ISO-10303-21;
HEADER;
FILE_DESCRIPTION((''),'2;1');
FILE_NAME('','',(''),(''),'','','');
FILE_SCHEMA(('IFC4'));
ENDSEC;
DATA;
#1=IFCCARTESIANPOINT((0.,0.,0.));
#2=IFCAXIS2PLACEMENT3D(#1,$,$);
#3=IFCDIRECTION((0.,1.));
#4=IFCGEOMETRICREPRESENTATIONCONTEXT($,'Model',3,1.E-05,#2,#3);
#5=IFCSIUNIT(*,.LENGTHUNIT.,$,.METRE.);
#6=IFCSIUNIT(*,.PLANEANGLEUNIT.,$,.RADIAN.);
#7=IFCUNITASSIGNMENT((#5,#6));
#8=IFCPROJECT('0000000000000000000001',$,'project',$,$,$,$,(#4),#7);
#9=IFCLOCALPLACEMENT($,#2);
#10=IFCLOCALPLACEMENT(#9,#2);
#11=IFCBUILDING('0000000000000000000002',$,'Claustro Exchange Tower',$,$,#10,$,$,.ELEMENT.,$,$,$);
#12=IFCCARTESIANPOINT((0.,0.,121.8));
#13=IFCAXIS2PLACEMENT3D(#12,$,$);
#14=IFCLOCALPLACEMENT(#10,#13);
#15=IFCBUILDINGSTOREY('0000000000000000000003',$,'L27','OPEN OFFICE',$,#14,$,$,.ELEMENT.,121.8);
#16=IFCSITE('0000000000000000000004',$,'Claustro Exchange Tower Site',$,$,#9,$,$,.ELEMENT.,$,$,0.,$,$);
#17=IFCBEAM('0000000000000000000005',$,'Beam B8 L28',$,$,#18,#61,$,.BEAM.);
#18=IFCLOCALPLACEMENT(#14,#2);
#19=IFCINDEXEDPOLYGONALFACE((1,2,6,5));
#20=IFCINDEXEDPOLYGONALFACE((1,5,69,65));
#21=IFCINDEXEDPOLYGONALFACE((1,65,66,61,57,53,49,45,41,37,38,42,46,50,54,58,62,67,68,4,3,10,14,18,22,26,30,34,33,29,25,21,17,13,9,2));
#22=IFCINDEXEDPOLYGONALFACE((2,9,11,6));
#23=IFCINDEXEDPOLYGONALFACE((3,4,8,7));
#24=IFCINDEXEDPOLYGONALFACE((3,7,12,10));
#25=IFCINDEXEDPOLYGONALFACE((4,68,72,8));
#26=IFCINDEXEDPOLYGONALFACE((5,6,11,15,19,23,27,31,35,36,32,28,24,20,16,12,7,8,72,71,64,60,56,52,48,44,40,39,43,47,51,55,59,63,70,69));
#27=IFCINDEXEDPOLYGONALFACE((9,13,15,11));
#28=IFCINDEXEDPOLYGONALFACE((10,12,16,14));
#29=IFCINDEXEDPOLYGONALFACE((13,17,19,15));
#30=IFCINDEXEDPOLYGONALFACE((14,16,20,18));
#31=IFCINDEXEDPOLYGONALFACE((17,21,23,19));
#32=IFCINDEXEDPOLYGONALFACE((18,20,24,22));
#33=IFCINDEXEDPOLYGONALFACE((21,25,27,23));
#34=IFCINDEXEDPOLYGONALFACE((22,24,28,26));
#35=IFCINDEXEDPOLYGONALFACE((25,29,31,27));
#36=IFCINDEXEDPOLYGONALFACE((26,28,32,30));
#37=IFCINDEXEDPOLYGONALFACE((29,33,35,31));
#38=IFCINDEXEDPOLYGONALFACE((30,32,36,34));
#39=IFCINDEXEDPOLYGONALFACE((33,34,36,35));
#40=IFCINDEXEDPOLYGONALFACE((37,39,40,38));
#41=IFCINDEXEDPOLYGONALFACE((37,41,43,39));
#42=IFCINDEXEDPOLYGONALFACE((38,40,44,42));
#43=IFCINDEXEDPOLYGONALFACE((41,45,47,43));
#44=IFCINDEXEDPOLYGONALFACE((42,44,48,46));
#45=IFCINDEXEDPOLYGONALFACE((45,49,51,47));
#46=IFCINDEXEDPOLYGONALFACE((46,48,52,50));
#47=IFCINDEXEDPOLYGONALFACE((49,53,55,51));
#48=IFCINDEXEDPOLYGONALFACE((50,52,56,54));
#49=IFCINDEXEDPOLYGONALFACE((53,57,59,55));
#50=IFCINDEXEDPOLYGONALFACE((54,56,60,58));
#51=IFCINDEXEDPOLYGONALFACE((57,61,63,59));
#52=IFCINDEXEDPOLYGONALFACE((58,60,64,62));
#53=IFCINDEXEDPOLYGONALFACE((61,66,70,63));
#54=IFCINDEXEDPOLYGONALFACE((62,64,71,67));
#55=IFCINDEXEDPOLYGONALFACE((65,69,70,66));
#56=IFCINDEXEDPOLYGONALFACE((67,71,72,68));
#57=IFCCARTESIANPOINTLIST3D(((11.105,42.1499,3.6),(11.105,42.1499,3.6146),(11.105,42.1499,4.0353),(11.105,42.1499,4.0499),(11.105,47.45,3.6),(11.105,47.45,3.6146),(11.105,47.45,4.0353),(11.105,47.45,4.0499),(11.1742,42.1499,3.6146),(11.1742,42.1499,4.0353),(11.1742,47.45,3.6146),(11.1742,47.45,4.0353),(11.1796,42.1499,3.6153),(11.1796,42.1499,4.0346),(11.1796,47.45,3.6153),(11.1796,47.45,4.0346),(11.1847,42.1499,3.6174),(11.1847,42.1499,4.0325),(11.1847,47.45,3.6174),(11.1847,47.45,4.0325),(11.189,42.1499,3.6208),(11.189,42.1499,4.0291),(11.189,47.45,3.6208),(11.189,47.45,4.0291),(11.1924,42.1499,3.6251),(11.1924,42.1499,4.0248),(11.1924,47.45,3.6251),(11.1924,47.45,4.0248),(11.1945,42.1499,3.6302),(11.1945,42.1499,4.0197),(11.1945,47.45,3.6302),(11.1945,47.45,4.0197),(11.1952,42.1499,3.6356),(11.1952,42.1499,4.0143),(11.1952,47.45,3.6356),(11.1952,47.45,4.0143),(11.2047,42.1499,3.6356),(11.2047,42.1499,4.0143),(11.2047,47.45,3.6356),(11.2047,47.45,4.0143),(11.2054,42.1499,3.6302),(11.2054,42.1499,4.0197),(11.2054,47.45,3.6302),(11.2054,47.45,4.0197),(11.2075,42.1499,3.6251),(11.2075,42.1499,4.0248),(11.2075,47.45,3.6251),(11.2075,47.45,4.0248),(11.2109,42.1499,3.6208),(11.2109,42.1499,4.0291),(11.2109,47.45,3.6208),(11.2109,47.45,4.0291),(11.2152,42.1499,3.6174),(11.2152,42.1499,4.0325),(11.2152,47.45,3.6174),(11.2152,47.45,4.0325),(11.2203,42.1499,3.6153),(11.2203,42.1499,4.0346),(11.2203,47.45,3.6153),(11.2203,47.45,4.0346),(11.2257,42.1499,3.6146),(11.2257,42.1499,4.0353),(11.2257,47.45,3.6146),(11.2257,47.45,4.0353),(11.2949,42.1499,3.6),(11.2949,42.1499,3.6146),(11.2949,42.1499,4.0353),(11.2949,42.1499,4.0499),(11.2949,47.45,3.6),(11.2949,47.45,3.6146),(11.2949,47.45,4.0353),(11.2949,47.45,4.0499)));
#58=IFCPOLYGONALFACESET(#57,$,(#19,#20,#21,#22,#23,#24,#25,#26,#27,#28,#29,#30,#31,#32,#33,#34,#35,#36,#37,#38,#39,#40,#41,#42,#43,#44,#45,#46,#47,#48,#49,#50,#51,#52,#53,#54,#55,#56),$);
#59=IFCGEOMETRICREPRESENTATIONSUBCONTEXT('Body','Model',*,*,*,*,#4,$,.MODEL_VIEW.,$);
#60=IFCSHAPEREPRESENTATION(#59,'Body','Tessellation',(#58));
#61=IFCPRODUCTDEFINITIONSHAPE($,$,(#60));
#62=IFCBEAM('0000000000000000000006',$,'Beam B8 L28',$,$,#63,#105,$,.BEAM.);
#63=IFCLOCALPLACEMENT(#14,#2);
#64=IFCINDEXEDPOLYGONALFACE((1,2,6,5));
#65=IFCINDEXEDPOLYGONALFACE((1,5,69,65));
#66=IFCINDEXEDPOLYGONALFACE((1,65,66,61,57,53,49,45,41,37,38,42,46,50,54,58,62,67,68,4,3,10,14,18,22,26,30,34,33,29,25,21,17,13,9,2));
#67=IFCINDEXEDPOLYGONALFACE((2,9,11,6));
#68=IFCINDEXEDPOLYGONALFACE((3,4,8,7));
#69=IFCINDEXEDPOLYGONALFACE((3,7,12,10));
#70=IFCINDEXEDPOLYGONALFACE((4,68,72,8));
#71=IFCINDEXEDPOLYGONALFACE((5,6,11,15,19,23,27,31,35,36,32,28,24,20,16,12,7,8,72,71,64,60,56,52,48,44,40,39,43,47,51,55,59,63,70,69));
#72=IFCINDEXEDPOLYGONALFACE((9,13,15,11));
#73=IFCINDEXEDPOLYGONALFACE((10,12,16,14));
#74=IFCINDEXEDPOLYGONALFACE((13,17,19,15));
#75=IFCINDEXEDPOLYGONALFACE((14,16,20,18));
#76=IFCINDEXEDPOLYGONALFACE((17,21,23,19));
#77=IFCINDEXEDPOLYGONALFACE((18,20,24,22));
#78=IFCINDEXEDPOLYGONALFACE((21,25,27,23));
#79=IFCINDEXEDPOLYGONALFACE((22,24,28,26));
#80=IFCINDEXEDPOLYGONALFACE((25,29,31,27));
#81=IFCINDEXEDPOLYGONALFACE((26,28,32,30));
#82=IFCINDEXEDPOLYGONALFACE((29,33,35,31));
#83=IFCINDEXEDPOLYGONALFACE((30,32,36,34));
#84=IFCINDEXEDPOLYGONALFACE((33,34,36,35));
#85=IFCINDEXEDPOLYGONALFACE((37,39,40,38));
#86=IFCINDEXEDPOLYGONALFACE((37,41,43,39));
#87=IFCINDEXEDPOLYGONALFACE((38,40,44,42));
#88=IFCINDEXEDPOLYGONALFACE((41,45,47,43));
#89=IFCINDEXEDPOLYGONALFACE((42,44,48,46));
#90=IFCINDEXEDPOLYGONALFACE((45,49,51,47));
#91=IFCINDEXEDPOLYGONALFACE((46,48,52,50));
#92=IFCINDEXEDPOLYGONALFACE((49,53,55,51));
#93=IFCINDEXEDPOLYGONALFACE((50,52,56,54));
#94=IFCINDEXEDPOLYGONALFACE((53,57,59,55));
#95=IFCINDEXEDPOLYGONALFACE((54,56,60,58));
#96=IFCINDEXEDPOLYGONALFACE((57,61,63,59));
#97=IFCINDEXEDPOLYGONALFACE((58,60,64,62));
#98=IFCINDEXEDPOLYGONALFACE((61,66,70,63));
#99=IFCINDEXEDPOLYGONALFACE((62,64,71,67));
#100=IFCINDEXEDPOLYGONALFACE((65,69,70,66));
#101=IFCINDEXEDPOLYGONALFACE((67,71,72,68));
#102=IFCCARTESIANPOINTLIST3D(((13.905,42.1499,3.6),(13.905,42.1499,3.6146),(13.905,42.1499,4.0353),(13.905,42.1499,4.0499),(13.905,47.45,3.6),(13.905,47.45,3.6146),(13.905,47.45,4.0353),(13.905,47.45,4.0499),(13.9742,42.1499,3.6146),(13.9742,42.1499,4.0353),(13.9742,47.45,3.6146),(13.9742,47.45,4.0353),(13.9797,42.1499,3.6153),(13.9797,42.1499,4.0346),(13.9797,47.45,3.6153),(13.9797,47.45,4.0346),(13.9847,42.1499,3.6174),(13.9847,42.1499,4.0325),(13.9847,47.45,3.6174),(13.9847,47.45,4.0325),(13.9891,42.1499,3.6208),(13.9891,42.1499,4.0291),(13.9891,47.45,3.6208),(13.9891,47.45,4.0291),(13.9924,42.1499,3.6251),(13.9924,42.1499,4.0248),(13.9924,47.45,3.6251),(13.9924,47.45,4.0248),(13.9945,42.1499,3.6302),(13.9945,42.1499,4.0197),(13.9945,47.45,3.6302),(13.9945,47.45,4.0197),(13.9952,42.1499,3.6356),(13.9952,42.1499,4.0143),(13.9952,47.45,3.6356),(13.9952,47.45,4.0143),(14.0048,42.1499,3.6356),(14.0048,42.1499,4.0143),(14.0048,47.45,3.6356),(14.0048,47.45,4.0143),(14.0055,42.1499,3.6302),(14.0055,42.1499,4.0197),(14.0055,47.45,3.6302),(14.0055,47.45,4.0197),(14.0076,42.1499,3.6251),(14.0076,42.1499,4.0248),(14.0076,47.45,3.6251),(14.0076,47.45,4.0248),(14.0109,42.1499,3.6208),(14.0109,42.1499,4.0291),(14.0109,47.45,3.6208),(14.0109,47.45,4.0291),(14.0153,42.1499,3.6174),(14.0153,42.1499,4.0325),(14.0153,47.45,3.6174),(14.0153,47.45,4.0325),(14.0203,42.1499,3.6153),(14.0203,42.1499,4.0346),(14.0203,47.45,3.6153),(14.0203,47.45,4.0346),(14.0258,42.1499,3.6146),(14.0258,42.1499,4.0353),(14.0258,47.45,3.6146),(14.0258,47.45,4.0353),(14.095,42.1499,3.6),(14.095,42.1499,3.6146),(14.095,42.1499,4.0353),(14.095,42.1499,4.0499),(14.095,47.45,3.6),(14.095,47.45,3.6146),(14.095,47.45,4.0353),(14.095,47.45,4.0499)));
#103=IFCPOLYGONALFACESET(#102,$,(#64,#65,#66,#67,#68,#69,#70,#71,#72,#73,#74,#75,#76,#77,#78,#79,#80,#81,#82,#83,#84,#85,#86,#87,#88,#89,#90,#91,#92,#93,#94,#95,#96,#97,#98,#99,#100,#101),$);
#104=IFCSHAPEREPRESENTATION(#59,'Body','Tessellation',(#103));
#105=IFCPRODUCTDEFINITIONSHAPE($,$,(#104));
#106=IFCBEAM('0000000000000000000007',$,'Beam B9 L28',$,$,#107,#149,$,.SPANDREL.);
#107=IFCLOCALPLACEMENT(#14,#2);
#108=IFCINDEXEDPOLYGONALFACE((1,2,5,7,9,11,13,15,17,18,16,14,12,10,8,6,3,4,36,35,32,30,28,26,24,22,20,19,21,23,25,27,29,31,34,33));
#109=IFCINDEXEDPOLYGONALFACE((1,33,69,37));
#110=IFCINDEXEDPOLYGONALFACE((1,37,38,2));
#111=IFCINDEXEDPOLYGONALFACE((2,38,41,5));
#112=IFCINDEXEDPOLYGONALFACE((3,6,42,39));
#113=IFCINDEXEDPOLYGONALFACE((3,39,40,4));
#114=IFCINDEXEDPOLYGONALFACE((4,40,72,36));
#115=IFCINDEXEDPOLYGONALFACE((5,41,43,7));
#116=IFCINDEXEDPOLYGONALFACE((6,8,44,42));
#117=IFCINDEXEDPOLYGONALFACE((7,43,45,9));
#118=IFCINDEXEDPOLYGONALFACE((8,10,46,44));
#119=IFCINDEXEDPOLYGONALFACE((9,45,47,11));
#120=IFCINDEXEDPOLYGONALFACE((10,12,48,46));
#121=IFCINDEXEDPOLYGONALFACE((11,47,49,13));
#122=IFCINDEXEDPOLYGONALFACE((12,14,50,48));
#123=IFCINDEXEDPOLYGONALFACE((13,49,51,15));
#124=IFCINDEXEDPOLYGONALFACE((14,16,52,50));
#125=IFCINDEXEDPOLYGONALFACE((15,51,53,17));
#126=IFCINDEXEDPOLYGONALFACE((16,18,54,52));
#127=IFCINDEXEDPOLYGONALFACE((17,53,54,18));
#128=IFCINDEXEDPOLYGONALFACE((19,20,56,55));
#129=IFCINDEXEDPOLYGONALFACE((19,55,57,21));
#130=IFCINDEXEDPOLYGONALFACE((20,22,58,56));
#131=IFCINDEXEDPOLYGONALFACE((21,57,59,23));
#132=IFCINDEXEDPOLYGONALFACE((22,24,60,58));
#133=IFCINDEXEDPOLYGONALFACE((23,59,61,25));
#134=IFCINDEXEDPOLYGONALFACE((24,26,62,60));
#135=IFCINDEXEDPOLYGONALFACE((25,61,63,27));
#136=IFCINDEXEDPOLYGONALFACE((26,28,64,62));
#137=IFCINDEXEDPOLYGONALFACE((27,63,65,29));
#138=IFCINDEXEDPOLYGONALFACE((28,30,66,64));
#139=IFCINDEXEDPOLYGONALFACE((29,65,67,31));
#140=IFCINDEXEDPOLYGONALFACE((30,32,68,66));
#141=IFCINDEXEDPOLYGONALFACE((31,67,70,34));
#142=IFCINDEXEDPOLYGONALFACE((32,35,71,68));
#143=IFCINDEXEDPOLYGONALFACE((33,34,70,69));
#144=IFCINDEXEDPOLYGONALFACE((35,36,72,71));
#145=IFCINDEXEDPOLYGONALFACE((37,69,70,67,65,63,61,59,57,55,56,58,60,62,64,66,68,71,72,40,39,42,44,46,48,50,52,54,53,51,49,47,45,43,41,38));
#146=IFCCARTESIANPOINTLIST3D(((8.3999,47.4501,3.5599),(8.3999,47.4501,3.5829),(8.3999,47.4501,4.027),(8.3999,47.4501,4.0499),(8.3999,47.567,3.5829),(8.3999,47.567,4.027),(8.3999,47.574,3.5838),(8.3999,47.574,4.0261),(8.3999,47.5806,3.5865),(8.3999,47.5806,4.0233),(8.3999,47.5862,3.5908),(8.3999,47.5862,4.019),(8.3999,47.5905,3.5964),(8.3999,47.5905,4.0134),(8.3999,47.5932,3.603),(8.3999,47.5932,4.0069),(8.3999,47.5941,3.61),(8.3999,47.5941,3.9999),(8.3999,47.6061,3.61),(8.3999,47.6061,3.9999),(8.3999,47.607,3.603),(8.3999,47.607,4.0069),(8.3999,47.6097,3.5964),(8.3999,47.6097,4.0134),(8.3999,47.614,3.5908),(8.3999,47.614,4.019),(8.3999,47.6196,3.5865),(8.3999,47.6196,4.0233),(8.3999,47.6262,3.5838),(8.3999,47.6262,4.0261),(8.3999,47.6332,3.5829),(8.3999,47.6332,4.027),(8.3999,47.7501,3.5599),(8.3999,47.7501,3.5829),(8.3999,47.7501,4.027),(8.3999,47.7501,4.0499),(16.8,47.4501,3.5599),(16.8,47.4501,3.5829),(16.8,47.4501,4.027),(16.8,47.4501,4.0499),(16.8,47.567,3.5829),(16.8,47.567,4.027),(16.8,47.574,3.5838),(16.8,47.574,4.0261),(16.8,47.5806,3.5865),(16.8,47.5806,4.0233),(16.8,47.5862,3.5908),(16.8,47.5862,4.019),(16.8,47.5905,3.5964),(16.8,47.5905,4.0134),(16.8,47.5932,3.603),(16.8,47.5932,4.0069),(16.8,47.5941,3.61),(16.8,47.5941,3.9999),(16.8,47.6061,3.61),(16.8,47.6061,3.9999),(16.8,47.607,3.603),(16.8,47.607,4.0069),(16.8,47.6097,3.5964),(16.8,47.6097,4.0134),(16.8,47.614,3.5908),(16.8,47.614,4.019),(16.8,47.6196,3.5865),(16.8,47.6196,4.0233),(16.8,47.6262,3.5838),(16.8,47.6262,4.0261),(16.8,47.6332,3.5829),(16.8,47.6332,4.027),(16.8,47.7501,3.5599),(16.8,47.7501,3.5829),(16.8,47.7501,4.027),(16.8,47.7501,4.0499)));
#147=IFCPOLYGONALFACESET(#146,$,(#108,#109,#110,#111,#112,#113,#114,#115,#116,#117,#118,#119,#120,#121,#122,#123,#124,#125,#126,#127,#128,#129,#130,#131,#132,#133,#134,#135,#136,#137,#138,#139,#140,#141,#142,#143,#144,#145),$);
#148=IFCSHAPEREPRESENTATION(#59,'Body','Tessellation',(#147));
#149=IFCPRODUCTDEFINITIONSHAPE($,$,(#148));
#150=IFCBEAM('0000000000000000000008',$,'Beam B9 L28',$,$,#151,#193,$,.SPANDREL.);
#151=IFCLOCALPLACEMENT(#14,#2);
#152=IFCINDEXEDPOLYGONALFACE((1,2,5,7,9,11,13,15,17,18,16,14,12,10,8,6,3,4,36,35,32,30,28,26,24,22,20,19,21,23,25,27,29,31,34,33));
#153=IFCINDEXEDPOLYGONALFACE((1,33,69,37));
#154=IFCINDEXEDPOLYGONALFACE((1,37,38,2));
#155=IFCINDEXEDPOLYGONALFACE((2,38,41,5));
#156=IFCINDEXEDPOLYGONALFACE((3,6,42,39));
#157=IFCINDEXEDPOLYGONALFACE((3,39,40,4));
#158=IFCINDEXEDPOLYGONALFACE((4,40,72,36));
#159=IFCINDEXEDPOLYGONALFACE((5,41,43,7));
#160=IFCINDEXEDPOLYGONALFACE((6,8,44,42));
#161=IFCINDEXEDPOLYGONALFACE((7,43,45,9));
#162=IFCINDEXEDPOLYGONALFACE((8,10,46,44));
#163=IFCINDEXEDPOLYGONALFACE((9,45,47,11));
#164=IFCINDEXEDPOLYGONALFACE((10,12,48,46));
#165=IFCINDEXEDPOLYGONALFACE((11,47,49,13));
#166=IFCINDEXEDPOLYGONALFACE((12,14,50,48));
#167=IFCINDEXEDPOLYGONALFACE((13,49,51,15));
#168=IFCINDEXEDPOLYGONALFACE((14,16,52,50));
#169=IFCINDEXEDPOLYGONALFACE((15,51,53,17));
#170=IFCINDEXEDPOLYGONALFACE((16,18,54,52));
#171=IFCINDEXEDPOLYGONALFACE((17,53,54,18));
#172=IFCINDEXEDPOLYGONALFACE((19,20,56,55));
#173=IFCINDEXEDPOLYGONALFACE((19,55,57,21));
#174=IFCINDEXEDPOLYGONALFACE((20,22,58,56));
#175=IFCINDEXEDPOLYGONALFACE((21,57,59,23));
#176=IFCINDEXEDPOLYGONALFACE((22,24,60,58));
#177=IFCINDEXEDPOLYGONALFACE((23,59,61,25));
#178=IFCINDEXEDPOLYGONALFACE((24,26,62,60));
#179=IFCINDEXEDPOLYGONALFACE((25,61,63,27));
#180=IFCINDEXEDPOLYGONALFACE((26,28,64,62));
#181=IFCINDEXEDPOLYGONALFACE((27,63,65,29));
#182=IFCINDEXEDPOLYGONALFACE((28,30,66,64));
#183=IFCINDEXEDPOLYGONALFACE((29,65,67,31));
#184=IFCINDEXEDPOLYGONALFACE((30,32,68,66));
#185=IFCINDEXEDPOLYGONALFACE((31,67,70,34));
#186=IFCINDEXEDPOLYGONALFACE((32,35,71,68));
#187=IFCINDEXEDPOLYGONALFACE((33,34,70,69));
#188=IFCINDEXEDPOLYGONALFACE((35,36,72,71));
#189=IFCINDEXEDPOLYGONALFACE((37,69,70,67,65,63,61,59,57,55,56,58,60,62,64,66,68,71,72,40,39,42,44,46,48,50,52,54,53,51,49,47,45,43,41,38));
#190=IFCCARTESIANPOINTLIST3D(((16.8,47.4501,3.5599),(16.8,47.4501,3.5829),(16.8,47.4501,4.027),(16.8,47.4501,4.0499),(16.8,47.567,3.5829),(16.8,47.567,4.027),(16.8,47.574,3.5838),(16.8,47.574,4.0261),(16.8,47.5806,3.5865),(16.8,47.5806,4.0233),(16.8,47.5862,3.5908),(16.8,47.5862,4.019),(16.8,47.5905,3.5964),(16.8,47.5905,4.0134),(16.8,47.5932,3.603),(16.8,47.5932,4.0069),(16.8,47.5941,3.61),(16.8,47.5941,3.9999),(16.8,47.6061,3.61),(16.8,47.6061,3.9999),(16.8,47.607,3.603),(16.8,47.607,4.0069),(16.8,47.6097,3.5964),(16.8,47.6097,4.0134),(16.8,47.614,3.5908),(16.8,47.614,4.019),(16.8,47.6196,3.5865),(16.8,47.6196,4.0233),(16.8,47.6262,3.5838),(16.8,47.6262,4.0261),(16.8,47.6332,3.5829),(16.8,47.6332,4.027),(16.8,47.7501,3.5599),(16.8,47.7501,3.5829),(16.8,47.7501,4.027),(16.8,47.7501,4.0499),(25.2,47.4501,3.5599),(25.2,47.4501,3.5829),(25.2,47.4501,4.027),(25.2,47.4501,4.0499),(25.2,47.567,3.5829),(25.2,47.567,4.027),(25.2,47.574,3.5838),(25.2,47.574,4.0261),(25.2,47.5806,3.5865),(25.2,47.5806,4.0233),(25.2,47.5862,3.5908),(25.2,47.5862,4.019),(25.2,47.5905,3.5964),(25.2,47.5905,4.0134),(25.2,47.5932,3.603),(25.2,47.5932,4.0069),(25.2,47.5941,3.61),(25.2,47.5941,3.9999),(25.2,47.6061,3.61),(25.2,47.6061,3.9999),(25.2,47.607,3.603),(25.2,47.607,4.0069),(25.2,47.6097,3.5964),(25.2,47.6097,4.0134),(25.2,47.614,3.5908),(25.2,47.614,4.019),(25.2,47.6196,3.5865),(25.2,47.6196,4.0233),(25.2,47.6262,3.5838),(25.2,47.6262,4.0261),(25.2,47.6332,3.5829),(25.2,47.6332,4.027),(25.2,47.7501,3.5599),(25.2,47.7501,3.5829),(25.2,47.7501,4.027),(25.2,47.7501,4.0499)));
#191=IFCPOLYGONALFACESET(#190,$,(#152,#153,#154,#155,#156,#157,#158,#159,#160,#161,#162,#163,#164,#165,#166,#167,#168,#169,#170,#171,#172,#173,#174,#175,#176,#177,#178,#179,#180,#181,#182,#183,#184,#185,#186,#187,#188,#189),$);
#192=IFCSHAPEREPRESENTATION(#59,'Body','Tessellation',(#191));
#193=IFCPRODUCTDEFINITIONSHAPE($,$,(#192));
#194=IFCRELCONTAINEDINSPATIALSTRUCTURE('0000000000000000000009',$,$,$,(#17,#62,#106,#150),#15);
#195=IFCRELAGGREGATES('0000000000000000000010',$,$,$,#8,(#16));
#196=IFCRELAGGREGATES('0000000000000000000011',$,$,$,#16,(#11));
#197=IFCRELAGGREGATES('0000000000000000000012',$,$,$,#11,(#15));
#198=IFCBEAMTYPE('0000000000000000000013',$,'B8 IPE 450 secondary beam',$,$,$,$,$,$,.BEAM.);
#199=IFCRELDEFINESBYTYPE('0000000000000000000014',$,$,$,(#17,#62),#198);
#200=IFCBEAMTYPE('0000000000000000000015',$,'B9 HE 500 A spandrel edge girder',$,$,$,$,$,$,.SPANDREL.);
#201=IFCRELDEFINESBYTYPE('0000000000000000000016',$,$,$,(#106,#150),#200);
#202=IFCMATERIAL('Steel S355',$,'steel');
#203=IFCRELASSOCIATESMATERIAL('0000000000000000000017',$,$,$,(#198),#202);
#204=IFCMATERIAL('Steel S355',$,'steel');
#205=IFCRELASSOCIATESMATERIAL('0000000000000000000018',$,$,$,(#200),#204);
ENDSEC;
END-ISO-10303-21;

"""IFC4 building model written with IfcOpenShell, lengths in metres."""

from ifc_helpers import new_model, si_unit, direction, frame, origin, origin_2d, place, context, subcontext, project, spatial, i_section, extrude, material, material_profile, profile_set, type_object, element, save


model = new_model("IFC4")

# Units and contexts
model_context = context("Model", 3, precision=1e-05, world=origin(), true_north=direction((0.0, 1.0)))
body_context = subcontext(model_context, "Body", "Model", "MODEL_VIEW")
ifc_project = project(units=[si_unit("LENGTHUNIT", "METRE"), si_unit("PLANEANGLEUNIT", "RADIAN")], contexts=[model_context])

# Site, building, storey
site_placement = place(None, origin())
site = spatial("IfcSite", under=ifc_project, at=site_placement, Name="Claustro Exchange Tower Site", CompositionType="ELEMENT", RefElevation=0.0)
building_placement = place(site_placement, origin())
building = spatial("IfcBuilding", under=site, at=building_placement, Name="Claustro Exchange Tower", CompositionType="ELEMENT")
storey_placement = place(building_placement, frame((0.0, 0.0, 121.8)))
storey = spatial("IfcBuildingStorey", under=building, at=storey_placement, Name="L27", Description="OPEN OFFICE", CompositionType="ELEMENT", Elevation=121.8)

# Beams
ifc_material_1 = material(Name="Steel S355", Category="steel")
ifc_material_profile_1 = material_profile(ifc_material_1, i_section(OverallWidth=0.1899, OverallDepth=0.45, WebThickness=0.0095, FlangeThickness=0.0146, FilletRadius=0.021, at=origin_2d()), Name="IPE 450")
ifc_profile_set_1 = profile_set([ifc_material_profile_1], Name="Steel S355")
beam_type_1 = type_object("IfcBeamType", Name="B8 IPE 450 secondary beam", PredefinedType="BEAM", material=ifc_profile_set_1)
for number, where, z_axis, x_axis, name in (
    (1, (11.2, 42.1499, 3.825), (0.0, 1.0, 0.0), (-1.0, 0.0, 0.0), "Beam B8 L28"),
    (2, (14.0, 42.1499, 3.825), (0.0, 1.0, 0.0), (-1.0, 0.0, 0.0), "Beam B8 L28"),
):
    element("IfcBeam", number, at=place(storey_placement, frame(where, z_axis=z_axis, x_axis=x_axis)), inside=storey, type_object=beam_type_1, Name=name, PredefinedType="BEAM", context=body_context, shape_type="SweptSolid", body=[
        extrude(i_section(OverallWidth=0.1899, OverallDepth=0.45, WebThickness=0.0095, FlangeThickness=0.0146, FilletRadius=0.021, at=origin_2d()), origin(), (0.0, 0.0, 1.0), 5.3),
    ])
ifc_material_2 = material(Name="Steel S355", Category="steel")
ifc_material_profile_2 = material_profile(ifc_material_2, i_section(OverallWidth=0.3, OverallDepth=0.49, WebThickness=0.012, FlangeThickness=0.0229, FilletRadius=0.0271, at=origin_2d()), Name="HE 500 A")
ifc_profile_set_2 = profile_set([ifc_material_profile_2], Name="Steel S355")
beam_type_2 = type_object("IfcBeamType", Name="B9 HE 500 A spandrel edge girder", PredefinedType="SPANDREL", material=ifc_profile_set_2)
beam_1_placement = place(storey_placement, frame((8.3999, 47.6001, 3.8049), z_axis=(1.0, 0.0, 0.0), x_axis=(0.0, 1.0, 0.0)))
element("IfcBeam", 3, at=beam_1_placement, inside=storey, type_object=beam_type_2, Name="Beam B9 L28", PredefinedType="SPANDREL", context=body_context, shape_type="SweptSolid", body=[
    extrude(i_section(OverallWidth=0.3, OverallDepth=0.49, WebThickness=0.012, FlangeThickness=0.0229, FilletRadius=0.0271, at=origin_2d()), origin(), (0.0, 0.0, 1.0), 8.4001),
])
beam_2_placement = place(storey_placement, frame((16.8, 47.6001, 3.8049), z_axis=(1.0, 0.0, 0.0), x_axis=(0.0, 1.0, 0.0)))
element("IfcBeam", 4, at=beam_2_placement, inside=storey, type_object=beam_type_2, Name="Beam B9 L28", PredefinedType="SPANDREL", context=body_context, shape_type="SweptSolid", body=[
    extrude(i_section(OverallWidth=0.3, OverallDepth=0.49, WebThickness=0.012, FlangeThickness=0.0229, FilletRadius=0.0271, at=origin_2d()), origin(), (0.0, 0.0, 1.0), 8.3999),
])

save(model, "model.ifc")
